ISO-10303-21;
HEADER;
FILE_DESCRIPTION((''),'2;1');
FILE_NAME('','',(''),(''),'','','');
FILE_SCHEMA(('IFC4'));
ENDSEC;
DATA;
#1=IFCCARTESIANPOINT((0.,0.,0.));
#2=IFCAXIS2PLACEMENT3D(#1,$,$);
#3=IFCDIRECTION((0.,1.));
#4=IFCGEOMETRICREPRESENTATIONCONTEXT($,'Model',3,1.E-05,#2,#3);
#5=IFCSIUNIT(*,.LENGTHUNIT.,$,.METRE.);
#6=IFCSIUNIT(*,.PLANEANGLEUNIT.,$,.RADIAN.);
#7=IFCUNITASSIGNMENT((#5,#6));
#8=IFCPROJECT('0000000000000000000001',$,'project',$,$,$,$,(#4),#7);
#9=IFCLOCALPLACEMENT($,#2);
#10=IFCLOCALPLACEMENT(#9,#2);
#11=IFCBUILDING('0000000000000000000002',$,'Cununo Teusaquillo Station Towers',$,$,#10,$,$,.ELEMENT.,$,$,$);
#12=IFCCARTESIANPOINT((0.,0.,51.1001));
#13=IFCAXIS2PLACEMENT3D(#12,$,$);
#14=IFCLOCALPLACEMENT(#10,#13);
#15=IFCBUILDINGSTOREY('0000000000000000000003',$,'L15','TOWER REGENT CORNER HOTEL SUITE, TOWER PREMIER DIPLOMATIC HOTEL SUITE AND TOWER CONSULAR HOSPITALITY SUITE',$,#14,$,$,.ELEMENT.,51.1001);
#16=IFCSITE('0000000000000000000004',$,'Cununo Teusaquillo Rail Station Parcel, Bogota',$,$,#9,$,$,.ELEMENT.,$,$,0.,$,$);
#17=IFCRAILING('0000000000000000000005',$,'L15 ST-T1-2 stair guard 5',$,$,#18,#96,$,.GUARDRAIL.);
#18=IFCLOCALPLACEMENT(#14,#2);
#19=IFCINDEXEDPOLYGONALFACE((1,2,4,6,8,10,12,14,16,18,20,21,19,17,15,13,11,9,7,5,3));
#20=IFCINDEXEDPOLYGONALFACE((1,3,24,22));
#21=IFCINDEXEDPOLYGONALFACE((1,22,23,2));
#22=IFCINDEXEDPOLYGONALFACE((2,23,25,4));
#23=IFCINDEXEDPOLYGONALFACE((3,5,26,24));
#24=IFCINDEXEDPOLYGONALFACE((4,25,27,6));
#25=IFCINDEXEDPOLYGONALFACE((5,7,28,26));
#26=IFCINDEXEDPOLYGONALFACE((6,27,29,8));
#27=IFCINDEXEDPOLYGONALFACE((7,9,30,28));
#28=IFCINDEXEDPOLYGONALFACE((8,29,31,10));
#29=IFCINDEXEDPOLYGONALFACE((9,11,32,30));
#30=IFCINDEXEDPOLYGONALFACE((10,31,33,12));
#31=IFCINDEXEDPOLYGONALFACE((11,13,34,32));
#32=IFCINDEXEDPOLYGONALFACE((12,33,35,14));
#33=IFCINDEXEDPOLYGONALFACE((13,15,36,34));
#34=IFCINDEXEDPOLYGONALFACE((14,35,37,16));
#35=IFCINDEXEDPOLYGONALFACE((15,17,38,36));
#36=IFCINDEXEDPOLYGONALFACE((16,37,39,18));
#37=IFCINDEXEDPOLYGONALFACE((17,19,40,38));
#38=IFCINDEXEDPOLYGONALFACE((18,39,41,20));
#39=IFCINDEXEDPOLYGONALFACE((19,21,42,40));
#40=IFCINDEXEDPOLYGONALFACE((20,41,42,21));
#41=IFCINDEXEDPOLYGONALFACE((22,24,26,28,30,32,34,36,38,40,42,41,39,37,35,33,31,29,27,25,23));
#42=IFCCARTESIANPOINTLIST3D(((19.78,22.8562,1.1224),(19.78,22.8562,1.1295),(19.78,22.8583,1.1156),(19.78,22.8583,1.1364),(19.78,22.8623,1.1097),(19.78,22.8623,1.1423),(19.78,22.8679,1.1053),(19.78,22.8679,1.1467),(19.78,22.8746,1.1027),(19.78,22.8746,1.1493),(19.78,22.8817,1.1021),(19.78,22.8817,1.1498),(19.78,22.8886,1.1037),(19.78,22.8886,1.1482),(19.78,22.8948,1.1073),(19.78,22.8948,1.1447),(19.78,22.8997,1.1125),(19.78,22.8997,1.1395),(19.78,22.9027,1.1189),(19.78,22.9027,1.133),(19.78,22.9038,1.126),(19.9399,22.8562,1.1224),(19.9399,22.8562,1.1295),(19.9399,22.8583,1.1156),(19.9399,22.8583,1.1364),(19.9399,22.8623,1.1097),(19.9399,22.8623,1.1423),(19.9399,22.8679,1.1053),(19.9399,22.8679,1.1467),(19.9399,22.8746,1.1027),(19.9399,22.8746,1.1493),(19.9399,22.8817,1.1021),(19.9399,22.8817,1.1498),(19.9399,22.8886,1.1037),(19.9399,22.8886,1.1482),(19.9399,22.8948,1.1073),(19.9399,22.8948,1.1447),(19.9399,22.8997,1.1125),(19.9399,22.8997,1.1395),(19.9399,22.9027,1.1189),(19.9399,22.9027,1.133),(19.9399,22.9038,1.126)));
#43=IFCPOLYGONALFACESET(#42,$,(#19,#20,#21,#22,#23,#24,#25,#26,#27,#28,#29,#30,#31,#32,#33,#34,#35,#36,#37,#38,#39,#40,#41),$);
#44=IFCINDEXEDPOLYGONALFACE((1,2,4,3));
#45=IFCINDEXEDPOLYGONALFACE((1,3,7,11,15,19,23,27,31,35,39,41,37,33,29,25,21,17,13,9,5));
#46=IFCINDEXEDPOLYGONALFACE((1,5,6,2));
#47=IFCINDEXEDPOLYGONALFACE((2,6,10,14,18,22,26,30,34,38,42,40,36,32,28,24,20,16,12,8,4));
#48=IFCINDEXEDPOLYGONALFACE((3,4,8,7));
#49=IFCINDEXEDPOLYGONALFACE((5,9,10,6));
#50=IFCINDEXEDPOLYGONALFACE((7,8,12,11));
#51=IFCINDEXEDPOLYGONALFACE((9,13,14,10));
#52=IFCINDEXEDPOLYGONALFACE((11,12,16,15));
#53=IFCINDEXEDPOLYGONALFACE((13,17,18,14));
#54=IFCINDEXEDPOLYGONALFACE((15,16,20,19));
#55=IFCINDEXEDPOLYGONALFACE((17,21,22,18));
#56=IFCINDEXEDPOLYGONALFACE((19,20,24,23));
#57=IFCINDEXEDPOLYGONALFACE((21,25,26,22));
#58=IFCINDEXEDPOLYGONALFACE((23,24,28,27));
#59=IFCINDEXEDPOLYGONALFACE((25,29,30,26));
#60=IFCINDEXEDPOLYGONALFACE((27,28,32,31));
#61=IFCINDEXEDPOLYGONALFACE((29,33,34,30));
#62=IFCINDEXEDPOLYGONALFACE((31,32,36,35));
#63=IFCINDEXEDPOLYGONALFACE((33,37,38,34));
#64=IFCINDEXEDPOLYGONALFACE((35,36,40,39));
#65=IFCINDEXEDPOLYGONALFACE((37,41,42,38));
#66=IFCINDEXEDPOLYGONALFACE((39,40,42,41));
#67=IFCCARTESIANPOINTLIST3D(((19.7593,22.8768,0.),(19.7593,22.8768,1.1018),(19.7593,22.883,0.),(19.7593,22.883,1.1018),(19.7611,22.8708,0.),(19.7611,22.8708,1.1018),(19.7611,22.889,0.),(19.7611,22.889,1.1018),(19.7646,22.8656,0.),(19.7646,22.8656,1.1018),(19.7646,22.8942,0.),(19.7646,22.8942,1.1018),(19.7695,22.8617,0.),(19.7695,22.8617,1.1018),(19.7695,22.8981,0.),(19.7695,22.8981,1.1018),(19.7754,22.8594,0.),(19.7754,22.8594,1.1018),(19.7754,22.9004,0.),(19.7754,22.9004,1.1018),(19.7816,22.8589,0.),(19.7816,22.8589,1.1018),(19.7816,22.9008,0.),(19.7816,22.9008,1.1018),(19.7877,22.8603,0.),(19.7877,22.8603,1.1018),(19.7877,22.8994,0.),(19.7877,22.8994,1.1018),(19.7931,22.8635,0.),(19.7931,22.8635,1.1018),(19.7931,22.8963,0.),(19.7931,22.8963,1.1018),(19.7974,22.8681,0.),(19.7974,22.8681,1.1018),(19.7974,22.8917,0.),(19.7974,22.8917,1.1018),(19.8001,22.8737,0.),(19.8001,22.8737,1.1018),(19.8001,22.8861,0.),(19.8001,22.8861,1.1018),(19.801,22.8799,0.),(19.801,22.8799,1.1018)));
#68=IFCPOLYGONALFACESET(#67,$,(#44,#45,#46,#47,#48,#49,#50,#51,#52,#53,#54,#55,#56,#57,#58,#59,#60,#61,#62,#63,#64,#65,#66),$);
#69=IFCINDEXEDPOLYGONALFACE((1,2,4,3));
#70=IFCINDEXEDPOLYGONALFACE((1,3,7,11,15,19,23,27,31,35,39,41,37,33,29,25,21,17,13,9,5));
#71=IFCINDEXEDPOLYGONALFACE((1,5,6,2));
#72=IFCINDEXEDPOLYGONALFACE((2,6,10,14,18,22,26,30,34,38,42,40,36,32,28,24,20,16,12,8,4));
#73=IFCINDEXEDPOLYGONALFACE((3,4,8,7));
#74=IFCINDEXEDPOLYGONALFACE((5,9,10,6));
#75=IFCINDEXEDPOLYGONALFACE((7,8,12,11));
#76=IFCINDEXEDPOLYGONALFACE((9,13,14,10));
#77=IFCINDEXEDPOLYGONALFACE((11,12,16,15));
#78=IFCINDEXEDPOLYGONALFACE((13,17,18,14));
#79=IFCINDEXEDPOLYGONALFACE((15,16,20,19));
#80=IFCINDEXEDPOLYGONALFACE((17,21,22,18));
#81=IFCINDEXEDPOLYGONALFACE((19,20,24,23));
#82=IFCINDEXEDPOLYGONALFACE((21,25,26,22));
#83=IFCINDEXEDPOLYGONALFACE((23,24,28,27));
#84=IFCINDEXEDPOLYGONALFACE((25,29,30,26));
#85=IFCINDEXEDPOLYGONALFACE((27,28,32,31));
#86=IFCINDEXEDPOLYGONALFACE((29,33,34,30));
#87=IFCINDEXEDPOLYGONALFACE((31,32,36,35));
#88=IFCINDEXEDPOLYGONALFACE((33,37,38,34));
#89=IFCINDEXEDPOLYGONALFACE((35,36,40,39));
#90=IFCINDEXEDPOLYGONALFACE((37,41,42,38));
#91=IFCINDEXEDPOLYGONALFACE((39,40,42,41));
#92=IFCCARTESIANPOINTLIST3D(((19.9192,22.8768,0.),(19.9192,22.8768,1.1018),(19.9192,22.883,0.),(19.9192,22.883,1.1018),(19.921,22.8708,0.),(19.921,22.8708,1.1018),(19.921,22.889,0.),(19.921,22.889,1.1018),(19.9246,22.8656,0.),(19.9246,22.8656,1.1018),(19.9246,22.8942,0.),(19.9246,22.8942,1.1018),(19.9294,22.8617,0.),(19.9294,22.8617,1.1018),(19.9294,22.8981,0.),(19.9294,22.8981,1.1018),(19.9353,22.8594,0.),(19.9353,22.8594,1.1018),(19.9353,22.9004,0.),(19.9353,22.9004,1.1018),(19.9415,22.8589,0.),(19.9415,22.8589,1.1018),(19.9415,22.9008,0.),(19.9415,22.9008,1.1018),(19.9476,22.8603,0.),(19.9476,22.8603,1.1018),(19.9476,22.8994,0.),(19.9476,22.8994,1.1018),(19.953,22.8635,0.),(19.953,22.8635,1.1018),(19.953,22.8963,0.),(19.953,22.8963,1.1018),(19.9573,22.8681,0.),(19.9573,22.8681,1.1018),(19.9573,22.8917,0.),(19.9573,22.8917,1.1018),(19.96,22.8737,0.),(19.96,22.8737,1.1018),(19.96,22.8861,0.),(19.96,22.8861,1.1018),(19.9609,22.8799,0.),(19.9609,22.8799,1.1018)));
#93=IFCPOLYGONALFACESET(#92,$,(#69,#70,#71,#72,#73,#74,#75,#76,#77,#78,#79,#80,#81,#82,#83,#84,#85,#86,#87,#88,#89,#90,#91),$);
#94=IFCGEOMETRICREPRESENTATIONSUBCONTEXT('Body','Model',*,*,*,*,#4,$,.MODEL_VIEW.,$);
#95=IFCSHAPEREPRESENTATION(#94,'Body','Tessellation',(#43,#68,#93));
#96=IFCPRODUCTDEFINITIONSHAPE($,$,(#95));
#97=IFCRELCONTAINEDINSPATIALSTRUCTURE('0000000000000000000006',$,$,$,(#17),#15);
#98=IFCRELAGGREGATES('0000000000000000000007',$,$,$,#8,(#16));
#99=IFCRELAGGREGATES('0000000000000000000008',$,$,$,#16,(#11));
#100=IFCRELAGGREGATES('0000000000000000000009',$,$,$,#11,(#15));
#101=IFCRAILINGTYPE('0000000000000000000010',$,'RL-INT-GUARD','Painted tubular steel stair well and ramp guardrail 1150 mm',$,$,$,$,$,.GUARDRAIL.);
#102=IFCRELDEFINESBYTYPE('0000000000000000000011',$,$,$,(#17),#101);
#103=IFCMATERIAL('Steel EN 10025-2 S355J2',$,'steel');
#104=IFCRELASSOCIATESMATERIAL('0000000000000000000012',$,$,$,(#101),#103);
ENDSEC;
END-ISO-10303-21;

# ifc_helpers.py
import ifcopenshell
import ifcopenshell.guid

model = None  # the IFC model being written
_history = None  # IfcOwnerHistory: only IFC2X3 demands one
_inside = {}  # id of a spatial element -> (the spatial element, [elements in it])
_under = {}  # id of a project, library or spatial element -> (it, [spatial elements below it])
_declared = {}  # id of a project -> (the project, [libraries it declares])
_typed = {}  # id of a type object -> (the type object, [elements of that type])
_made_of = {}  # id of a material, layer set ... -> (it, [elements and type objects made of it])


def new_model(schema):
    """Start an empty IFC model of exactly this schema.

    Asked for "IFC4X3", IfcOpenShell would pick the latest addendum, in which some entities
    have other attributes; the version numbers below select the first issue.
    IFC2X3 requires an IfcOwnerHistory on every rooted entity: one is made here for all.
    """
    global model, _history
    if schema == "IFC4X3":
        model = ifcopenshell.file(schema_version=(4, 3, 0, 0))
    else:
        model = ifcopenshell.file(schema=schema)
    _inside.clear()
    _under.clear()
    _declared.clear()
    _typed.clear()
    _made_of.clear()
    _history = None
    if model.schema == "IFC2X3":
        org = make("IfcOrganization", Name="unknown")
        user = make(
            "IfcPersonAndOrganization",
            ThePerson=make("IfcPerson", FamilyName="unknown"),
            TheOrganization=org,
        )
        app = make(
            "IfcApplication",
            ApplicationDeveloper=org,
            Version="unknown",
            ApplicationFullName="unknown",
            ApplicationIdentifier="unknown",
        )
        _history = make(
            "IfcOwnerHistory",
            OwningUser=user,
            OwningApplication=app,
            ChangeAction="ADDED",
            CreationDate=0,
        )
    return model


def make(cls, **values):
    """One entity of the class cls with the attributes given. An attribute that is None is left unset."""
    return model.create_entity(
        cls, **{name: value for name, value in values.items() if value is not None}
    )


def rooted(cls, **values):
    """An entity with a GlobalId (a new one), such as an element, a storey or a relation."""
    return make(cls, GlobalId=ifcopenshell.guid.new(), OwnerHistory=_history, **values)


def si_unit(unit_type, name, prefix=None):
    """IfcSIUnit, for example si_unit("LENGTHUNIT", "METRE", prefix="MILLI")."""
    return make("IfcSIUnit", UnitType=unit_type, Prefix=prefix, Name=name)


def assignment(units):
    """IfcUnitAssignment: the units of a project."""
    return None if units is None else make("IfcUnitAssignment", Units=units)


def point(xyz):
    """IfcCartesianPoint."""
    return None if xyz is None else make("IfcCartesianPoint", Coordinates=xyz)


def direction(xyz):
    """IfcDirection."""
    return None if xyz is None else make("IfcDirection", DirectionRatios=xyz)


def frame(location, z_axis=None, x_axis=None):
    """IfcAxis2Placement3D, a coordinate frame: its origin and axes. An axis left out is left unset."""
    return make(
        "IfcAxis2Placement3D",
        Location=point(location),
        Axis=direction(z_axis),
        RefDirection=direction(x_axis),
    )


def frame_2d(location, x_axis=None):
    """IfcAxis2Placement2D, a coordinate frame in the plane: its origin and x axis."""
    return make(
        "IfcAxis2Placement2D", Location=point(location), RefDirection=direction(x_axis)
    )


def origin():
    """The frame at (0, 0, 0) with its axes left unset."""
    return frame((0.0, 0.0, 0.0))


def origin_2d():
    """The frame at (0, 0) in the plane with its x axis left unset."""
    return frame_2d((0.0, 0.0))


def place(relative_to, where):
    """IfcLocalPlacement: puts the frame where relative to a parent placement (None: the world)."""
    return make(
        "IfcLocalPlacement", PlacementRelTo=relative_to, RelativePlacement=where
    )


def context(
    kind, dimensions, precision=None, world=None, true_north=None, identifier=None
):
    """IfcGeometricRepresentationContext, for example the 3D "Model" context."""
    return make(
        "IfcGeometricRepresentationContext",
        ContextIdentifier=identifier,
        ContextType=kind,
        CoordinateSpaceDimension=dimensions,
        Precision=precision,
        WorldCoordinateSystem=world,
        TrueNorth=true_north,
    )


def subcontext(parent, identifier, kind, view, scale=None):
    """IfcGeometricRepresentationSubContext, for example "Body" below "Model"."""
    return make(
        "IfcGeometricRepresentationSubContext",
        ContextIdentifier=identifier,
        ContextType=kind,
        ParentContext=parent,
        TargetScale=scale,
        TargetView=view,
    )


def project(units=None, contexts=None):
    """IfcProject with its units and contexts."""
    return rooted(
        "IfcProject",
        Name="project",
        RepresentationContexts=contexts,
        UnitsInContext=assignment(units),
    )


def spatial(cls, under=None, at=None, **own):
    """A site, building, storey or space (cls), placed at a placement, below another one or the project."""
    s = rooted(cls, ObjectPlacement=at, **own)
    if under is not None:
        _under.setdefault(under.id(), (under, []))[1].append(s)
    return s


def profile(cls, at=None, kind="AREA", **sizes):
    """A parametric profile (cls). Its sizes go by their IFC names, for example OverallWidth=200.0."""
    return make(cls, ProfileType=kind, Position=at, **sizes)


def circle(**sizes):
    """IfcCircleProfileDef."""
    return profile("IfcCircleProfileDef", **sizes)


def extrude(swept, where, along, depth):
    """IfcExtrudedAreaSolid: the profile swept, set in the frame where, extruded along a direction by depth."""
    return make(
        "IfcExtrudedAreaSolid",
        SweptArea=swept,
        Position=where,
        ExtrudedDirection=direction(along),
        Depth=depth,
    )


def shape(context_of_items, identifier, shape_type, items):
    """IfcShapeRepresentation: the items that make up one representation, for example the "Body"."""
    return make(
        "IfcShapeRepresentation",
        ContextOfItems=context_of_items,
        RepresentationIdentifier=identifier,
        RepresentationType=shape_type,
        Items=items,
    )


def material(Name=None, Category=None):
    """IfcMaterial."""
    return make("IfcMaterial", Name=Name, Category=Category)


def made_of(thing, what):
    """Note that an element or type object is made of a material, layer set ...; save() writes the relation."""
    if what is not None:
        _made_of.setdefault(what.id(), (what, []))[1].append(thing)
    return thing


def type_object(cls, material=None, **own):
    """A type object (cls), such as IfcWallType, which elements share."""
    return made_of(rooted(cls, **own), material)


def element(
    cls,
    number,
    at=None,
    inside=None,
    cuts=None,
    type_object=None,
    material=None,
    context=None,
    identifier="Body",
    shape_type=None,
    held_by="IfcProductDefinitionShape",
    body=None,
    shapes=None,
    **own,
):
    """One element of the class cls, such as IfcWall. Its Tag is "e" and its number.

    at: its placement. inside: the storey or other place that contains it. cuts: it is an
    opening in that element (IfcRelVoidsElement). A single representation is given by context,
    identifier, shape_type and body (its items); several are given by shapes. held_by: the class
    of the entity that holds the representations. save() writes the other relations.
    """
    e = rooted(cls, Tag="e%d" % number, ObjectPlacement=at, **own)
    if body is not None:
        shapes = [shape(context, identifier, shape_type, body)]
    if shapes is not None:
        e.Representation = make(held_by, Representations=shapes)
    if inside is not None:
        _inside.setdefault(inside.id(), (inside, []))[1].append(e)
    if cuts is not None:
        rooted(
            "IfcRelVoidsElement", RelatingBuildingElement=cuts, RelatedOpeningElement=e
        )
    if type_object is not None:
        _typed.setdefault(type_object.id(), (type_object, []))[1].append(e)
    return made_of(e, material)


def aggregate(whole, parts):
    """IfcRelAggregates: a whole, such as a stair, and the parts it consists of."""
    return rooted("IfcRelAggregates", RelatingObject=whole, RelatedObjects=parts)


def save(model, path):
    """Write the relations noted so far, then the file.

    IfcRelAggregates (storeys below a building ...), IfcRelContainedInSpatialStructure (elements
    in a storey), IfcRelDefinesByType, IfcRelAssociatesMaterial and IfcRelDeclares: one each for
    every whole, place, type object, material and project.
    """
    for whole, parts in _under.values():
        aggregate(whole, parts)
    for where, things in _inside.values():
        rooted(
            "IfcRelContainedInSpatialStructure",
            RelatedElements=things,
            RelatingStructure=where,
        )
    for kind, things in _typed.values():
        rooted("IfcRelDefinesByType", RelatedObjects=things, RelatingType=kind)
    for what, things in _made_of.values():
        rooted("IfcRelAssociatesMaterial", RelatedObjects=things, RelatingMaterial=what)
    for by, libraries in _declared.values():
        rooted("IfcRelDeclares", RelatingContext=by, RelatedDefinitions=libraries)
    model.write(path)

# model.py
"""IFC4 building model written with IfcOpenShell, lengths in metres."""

from ifc_helpers import new_model, si_unit, direction, frame, origin, origin_2d, place, context, subcontext, project, spatial, circle, extrude, material, type_object, element, save


model = new_model("IFC4")

# Units and contexts
model_context = context("Model", 3, precision=1e-05, world=origin(), true_north=direction((0.0, 1.0)))
body_context = subcontext(model_context, "Body", "Model", "MODEL_VIEW")
ifc_project = project(units=[si_unit("LENGTHUNIT", "METRE"), si_unit("PLANEANGLEUNIT", "RADIAN")], contexts=[model_context])

# Site, building, storey
site_placement = place(None, origin())
site = spatial("IfcSite", under=ifc_project, at=site_placement, Name="Cununo Teusaquillo Rail Station Parcel, Bogota", CompositionType="ELEMENT", RefElevation=0.0)
building_placement = place(site_placement, origin())
building = spatial("IfcBuilding", under=site, at=building_placement, Name="Cununo Teusaquillo Station Towers", CompositionType="ELEMENT")
storey_placement = place(building_placement, frame((0.0, 0.0, 51.1001)))
storey = spatial("IfcBuildingStorey", under=building, at=storey_placement, Name="L15", Description="TOWER REGENT CORNER HOTEL SUITE, TOWER PREMIER DIPLOMATIC HOTEL SUITE AND TOWER CONSULAR HOSPITALITY SUITE", CompositionType="ELEMENT", Elevation=51.1001)

# Railing
ifc_material_1 = material(Name="Steel EN 10025-2 S355J2", Category="steel")
railing_type_1 = type_object("IfcRailingType", Name="RL-INT-GUARD", Description="Painted tubular steel stair well and ramp guardrail 1150 mm", PredefinedType="GUARDRAIL", material=ifc_material_1)
railing_1_placement = place(storey_placement, frame((19.78, 22.8799, 0.0)))
element("IfcRailing", 1, at=railing_1_placement, inside=storey, type_object=railing_type_1, Name="L15 ST-T1-2 stair guard 5", PredefinedType="GUARDRAIL", context=body_context, shape_type="SweptSolid", body=[
    extrude(circle(Radius=0.0239, at=origin_2d()), frame((0.0, 0.0, 1.126), z_axis=(1.0, 0.0, 0.0), x_axis=(0.0, 1.0, 0.0)), (0.0, 0.0, 1.0), 0.1599),
    extrude(circle(Radius=0.021, at=origin_2d()), origin(), (0.0, 0.0, 1.0), 1.1018),
    extrude(circle(Radius=0.021, at=origin_2d()), frame((0.1599, 0.0, 0.0)), (0.0, 0.0, 1.0), 1.1018),
])

save(model, "model.ifc")
